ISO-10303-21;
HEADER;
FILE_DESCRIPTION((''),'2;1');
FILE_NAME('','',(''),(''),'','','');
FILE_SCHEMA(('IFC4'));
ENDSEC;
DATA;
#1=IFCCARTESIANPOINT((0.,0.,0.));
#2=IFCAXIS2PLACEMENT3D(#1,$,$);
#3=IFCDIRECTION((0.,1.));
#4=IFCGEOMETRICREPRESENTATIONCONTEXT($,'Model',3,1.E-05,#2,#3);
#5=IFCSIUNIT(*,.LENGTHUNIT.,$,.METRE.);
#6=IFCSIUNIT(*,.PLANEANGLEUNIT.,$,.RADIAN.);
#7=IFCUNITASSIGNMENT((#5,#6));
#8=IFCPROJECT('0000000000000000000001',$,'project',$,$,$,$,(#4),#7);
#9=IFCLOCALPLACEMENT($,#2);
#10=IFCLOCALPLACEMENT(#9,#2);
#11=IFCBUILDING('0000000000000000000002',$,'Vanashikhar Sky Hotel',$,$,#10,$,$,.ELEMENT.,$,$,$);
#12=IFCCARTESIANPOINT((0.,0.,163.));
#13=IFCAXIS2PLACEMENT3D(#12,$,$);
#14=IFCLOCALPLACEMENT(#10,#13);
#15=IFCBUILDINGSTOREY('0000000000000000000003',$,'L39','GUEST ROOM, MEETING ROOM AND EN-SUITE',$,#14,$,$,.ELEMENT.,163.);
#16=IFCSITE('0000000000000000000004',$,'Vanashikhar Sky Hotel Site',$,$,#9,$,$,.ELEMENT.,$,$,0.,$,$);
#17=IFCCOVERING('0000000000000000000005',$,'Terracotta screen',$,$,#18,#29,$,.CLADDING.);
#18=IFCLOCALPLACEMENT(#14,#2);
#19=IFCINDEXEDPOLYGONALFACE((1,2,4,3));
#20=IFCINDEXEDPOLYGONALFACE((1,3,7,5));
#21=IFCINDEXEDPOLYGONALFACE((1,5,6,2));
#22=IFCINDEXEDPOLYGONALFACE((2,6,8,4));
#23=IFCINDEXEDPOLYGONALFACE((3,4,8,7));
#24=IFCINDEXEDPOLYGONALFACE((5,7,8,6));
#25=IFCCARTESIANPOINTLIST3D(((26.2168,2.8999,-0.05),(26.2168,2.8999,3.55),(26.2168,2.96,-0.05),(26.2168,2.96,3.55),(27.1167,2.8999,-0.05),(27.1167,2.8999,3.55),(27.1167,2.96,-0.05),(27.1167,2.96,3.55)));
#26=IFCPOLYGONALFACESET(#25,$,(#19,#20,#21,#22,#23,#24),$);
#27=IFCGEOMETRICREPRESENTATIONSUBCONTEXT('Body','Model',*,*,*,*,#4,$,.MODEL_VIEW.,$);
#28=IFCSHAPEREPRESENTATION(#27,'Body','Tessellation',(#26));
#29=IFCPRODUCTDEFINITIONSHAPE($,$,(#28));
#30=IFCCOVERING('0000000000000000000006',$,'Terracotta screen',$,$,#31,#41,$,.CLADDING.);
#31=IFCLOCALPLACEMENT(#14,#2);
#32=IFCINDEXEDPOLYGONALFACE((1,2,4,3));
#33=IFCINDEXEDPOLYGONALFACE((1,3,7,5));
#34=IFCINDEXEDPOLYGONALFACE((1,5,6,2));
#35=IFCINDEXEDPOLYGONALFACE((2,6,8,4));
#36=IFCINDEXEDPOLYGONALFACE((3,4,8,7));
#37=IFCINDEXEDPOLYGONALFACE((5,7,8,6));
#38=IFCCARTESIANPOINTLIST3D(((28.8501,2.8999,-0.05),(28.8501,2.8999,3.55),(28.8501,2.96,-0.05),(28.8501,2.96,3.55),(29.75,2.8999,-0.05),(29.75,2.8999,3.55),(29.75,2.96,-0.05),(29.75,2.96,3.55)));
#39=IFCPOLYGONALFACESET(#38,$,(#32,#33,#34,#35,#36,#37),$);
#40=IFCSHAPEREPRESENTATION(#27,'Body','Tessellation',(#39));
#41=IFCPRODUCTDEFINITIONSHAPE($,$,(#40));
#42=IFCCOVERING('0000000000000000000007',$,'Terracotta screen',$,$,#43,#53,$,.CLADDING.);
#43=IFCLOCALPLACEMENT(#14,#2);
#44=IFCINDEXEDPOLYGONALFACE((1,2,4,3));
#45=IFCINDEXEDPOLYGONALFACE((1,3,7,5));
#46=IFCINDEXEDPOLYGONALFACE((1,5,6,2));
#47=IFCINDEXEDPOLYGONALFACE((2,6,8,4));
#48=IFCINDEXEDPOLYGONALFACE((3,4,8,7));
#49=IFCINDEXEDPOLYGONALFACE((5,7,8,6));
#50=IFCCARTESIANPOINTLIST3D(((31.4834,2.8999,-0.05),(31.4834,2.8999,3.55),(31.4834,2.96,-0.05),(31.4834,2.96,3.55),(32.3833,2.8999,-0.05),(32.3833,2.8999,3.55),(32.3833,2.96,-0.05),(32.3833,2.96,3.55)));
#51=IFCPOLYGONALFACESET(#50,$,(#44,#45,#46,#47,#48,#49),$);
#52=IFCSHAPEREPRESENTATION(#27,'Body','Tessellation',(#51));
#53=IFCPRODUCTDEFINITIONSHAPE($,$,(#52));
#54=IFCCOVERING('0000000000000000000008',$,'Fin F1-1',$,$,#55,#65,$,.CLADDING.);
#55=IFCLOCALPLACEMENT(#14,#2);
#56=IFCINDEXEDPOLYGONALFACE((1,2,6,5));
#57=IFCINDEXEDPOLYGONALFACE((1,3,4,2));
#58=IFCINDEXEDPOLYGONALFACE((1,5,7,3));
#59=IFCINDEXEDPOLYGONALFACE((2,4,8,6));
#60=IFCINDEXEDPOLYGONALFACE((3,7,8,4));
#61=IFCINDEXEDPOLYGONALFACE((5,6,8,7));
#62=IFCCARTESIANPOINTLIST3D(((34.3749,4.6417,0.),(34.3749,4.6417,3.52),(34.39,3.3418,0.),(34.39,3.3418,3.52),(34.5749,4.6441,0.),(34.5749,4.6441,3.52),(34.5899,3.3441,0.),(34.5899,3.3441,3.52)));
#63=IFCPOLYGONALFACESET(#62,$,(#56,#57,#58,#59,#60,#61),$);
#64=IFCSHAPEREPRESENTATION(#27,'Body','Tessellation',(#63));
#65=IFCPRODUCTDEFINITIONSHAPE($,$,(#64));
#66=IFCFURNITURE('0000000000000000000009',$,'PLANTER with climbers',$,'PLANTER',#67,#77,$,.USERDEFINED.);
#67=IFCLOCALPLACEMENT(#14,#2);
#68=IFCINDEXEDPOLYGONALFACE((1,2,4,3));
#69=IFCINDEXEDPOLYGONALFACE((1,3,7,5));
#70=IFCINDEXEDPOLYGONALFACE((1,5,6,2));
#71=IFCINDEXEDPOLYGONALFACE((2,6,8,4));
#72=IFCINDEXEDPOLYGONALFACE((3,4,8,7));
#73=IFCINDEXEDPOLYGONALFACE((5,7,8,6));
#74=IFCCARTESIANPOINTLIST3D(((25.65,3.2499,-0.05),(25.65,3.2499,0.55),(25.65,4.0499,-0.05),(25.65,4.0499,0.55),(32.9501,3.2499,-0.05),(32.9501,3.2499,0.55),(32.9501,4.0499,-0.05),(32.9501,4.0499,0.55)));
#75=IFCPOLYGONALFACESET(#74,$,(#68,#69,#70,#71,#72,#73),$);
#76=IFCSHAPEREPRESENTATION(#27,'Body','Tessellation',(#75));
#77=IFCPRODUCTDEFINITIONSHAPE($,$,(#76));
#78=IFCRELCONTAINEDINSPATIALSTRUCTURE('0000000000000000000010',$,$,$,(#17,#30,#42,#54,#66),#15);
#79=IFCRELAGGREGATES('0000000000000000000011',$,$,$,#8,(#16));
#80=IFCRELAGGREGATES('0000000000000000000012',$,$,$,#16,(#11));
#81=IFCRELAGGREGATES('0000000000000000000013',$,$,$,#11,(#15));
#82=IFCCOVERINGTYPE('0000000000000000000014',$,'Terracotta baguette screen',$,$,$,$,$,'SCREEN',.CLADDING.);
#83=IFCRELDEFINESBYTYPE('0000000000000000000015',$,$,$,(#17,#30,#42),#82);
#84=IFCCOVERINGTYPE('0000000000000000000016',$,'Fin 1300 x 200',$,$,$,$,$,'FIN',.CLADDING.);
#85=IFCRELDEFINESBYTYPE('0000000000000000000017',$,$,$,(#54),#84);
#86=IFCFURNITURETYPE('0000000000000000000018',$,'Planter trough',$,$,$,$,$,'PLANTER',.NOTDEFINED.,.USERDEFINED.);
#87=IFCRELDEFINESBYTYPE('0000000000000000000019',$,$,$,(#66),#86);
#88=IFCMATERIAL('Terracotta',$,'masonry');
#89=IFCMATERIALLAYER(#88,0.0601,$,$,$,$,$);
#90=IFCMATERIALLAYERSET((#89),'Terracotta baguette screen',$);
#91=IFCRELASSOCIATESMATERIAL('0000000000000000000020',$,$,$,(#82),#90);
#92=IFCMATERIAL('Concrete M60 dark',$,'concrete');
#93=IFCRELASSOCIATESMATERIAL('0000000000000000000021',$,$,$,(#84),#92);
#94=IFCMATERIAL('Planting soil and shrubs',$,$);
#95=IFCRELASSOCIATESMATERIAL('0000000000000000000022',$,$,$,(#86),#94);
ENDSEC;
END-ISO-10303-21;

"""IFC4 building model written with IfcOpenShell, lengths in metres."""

from ifc_helpers import new_model, si_unit, direction, frame, origin, origin_2d, place, context, subcontext, project, spatial, rectangle, extrude, source, transform, mapped, material, layer, layer_set, material_profile, profile_set, type_object, element, save


model = new_model("IFC4")

# Units and contexts
model_context = context("Model", 3, precision=1e-05, world=origin(), true_north=direction((0.0, 1.0)))
body_context = subcontext(model_context, "Body", "Model", "MODEL_VIEW")
ifc_project = project(units=[si_unit("LENGTHUNIT", "METRE"), si_unit("PLANEANGLEUNIT", "RADIAN")], contexts=[model_context])

# Site, building, storey
site_placement = place(None, origin())
site = spatial("IfcSite", under=ifc_project, at=site_placement, Name="Vanashikhar Sky Hotel Site", CompositionType="ELEMENT", RefElevation=0.0)
building_placement = place(site_placement, origin())
building = spatial("IfcBuilding", under=site, at=building_placement, Name="Vanashikhar Sky Hotel", CompositionType="ELEMENT")
storey_placement = place(building_placement, frame((0.0, 0.0, 163.0)))
storey = spatial("IfcBuildingStorey", under=building, at=storey_placement, Name="L39", Description="GUEST ROOM, MEETING ROOM AND EN-SUITE", CompositionType="ELEMENT", Elevation=163.0)

# Coverings
ifc_material_1 = material(Name="Terracotta", Category="masonry")
ifc_layer_1 = layer(ifc_material_1, 0.0601)
ifc_layer_set_1 = layer_set([ifc_layer_1], Name="Terracotta baguette screen")
covering_type_1 = type_object("IfcCoveringType", Name="Terracotta baguette screen", ElementType="SCREEN", PredefinedType="CLADDING", material=ifc_layer_set_1)
shared_shape_1 = source(origin(), body_context, "Body", "SweptSolid", [
    extrude(rectangle(XDim=0.8999, YDim=0.0601, at=origin_2d()), origin(), (0.0, 0.0, 1.0), 3.6001),
])
for number, where, z_axis, x_axis, name in (
    (1, (26.6667, 2.9299, -0.05), (0.0, 0.0, 1.0), (1.0, 0.0, 0.0), "Terracotta screen"),
    (2, (29.3, 2.9299, -0.05), (0.0, 0.0, 1.0), (1.0, 0.0, 0.0), "Terracotta screen"),
    (3, (31.9333, 2.9299, -0.05), (0.0, 0.0, 1.0), (1.0, 0.0, 0.0), "Terracotta screen"),
):
    element("IfcCovering", number, at=place(storey_placement, frame(where, z_axis=z_axis, x_axis=x_axis)), inside=storey, type_object=covering_type_1, Name=name, PredefinedType="CLADDING", context=body_context, shape_type="MappedRepresentation", body=[
        mapped(shared_shape_1, transform((0.0, 0.0, 0.0), scale=1.0)),
    ])
ifc_material_2 = material(Name="Concrete M60 dark", Category="concrete")
ifc_material_profile_1 = material_profile(ifc_material_2, rectangle(XDim=1.3, YDim=0.2, at=origin_2d()))
ifc_profile_set_1 = profile_set([ifc_material_profile_1], Name="Fin 1300 x 200")
covering_type_2 = type_object("IfcCoveringType", Name="Fin 1300 x 200", ElementType="FIN", PredefinedType="CLADDING", material=ifc_profile_set_1)
shared_shape_2 = source(origin(), body_context, "Body", "SweptSolid", [
    extrude(rectangle(XDim=1.3, YDim=0.2, at=origin_2d()), origin(), (0.0, 0.0, 1.0), 3.52),
])
covering_placement = place(storey_placement, frame((34.4824, 3.9929, 0.0), z_axis=(0.0, 0.0, 1.0), x_axis=(0.011589, -0.999933, 0.0)))
element("IfcCovering", 4, at=covering_placement, inside=storey, type_object=covering_type_2, Name="Fin F1-1", PredefinedType="CLADDING", context=body_context, shape_type="MappedRepresentation", body=[
    mapped(shared_shape_2, transform((0.0, 0.0, 0.0), scale=1.0)),
])

# Furniture
ifc_material_3 = material(Name="Planting soil and shrubs")
furniture_type = type_object("IfcFurnitureType", Name="Planter trough", ElementType="PLANTER", AssemblyPlace="NOTDEFINED", PredefinedType="USERDEFINED", material=ifc_material_3)
shared_shape_3 = source(origin(), body_context, "Body", "SweptSolid", [
    extrude(rectangle(XDim=7.3, YDim=0.8, at=origin_2d()), origin(), (0.0, 0.0, 1.0), 0.6001),
])
furniture_placement = place(storey_placement, frame((29.3, 3.6499, -0.05), z_axis=(0.0, 0.0, 1.0), x_axis=(1.0, 0.0, 0.0)))
element("IfcFurniture", 5, at=furniture_placement, inside=storey, type_object=furniture_type, Name="PLANTER with climbers", ObjectType="PLANTER", PredefinedType="USERDEFINED", context=body_context, shape_type="MappedRepresentation", body=[
    mapped(shared_shape_3, transform((0.0, 0.0, 0.0), scale=1.0)),
])

save(model, "model.ifc")
